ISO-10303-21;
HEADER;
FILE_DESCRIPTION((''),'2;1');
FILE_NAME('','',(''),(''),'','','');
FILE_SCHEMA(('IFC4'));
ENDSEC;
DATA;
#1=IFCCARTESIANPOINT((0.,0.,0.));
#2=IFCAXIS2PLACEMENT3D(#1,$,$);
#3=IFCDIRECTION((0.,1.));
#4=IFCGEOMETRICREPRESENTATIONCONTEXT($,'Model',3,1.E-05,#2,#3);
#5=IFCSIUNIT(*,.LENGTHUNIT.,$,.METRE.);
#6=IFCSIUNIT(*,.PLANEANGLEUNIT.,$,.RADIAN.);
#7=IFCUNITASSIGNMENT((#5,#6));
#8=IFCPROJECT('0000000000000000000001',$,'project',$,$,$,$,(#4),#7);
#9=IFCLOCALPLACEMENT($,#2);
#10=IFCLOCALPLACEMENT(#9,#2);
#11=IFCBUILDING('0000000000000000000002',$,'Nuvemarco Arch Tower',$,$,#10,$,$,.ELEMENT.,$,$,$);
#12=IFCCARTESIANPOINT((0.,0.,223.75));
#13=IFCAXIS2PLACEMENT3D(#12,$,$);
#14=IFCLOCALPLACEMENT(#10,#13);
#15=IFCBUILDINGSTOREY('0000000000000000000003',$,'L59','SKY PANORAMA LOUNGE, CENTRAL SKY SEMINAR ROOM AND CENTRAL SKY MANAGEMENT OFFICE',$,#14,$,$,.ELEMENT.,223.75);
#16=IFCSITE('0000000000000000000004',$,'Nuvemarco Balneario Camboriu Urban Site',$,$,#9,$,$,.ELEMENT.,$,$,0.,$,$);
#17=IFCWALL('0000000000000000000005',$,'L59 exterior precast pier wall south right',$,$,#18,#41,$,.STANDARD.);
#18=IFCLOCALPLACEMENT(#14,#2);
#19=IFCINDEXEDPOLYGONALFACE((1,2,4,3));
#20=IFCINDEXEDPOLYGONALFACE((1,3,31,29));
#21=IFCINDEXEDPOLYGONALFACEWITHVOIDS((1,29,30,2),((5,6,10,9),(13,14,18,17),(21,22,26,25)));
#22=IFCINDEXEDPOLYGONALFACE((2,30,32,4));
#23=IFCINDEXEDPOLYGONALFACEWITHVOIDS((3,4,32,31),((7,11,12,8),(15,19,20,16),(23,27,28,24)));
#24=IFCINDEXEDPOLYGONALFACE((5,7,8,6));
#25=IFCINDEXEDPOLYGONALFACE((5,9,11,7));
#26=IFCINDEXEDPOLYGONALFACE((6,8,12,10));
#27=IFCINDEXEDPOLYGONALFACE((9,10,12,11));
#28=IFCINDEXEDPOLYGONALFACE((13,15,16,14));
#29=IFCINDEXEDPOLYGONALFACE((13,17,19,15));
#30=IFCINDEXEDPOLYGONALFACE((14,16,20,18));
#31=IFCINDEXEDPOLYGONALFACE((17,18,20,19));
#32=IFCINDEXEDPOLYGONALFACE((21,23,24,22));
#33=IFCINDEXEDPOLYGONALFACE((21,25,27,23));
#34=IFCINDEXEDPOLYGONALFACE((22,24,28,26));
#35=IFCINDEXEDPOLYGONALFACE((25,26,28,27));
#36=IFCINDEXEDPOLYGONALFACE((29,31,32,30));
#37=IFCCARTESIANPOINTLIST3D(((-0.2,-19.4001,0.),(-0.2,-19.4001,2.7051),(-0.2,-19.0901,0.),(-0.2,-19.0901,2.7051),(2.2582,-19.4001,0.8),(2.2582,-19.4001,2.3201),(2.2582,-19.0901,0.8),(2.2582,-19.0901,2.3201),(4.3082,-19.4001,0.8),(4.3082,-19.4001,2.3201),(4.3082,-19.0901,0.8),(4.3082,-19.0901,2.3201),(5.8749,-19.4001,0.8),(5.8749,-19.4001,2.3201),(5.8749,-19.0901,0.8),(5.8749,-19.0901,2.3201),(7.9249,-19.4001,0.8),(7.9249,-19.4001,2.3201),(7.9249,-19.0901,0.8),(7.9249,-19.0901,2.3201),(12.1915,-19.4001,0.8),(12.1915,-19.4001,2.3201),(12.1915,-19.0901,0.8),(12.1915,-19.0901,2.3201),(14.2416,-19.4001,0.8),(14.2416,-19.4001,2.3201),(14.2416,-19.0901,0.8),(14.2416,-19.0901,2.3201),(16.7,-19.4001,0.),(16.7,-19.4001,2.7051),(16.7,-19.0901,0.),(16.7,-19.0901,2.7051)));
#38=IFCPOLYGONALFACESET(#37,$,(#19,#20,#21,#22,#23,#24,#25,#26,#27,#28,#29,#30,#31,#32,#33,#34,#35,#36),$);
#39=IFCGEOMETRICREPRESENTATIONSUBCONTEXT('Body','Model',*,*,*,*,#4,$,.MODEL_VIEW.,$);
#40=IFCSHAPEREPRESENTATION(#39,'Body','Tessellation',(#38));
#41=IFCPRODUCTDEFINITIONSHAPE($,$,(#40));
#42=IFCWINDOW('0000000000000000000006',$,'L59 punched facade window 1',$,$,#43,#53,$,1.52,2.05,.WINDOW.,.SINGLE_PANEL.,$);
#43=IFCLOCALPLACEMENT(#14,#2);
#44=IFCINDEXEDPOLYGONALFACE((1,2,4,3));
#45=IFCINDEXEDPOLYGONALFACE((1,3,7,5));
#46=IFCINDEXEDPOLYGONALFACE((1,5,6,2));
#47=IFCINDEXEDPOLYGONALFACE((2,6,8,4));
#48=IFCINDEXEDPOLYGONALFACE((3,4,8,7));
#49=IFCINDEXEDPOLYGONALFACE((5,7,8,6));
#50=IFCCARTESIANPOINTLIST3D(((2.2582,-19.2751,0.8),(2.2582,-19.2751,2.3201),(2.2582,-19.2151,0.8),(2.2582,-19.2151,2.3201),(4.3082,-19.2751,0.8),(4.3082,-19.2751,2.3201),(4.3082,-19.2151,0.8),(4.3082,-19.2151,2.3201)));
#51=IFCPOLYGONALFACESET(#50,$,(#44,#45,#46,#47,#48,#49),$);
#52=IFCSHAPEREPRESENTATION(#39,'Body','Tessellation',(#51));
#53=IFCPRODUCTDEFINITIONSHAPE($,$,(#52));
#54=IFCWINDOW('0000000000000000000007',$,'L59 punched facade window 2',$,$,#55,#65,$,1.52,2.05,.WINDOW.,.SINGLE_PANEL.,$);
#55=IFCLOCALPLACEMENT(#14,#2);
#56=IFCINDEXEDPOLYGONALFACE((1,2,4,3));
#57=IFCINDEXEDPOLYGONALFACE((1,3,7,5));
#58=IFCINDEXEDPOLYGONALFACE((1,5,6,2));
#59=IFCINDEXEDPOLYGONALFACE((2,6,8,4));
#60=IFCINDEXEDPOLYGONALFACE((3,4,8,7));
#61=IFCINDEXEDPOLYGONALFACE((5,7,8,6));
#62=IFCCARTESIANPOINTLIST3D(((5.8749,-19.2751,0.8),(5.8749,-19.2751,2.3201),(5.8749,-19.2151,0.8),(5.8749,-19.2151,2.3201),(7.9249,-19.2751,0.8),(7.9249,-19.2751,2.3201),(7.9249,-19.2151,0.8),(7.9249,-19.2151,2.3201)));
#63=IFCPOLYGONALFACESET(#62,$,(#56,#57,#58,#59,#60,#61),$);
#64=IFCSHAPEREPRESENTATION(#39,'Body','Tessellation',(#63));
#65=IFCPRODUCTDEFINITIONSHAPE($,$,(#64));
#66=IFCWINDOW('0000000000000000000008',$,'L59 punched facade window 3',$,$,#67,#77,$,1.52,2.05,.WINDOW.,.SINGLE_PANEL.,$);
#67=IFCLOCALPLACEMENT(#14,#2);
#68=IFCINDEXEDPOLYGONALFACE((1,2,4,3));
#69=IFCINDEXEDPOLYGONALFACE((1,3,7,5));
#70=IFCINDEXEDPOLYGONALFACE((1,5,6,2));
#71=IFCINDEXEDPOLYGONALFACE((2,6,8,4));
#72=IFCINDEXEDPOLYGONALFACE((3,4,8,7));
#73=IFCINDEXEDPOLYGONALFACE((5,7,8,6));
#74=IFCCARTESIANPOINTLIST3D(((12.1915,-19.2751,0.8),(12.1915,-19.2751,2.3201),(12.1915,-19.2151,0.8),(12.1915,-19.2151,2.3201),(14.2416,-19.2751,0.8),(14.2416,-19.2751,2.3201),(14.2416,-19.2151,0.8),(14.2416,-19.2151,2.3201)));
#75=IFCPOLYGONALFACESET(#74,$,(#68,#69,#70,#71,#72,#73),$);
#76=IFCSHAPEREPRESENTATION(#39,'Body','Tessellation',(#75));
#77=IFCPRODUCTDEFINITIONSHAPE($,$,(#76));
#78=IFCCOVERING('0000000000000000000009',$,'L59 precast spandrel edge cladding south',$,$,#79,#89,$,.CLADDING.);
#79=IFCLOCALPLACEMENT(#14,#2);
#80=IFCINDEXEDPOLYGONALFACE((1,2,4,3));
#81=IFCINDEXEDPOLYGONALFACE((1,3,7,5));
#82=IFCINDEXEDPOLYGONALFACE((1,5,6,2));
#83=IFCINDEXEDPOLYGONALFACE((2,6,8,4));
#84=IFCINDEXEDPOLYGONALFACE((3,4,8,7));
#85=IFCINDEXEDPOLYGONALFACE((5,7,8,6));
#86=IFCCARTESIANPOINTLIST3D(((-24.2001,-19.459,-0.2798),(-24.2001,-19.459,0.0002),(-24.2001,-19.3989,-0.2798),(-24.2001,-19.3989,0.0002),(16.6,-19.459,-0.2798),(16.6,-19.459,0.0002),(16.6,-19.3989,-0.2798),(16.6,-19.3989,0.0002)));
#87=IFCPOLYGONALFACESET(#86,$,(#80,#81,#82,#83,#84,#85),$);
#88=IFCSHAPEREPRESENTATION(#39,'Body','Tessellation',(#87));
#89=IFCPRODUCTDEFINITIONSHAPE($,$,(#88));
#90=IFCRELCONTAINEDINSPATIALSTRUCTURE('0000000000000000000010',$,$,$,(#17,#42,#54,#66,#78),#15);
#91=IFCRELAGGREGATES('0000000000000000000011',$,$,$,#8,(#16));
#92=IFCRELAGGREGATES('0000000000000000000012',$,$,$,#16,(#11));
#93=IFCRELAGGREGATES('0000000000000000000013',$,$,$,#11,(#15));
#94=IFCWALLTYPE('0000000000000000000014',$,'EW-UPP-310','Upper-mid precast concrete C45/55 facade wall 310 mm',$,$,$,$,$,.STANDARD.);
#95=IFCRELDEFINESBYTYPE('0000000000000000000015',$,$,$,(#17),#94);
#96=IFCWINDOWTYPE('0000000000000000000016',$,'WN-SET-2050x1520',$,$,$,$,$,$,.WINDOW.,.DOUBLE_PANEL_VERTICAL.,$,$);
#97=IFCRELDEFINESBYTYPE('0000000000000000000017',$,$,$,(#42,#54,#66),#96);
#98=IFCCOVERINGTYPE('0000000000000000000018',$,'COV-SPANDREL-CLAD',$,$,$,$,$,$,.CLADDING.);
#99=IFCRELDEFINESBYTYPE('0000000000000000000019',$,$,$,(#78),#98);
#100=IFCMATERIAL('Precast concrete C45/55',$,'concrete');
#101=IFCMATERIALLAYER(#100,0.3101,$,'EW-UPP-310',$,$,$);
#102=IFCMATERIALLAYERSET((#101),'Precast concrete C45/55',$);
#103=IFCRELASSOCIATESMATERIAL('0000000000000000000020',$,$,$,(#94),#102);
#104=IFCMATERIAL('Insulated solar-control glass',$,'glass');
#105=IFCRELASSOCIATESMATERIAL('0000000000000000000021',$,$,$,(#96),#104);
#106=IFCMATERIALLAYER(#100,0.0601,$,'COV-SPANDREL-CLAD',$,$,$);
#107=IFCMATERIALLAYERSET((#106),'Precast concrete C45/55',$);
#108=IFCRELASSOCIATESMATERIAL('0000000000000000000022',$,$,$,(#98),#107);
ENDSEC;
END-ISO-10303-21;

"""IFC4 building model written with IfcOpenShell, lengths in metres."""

from ifc_helpers import new_model, si_unit, direction, frame, frame_2d, origin, origin_2d, place, context, subcontext, project, spatial, rectangle, extrude, source, transform, mapped, material, layer, layer_set, type_object, type_shapes, element, fill, save


model = new_model("IFC4")

# Units and contexts
model_context = context("Model", 3, precision=1e-05, world=origin(), true_north=direction((0.0, 1.0)))
body_context = subcontext(model_context, "Body", "Model", "MODEL_VIEW")
ifc_project = project(units=[si_unit("LENGTHUNIT", "METRE"), si_unit("PLANEANGLEUNIT", "RADIAN")], contexts=[model_context])

# Site, building, storey
site_placement = place(None, origin())
site = spatial("IfcSite", under=ifc_project, at=site_placement, Name="Nuvemarco Balneario Camboriu Urban Site", CompositionType="ELEMENT", RefElevation=0.0)
building_placement = place(site_placement, origin())
building = spatial("IfcBuilding", under=site, at=building_placement, Name="Nuvemarco Arch Tower", CompositionType="ELEMENT")
storey_placement = place(building_placement, frame((0.0, 0.0, 223.75)))
storey = spatial("IfcBuildingStorey", under=building, at=storey_placement, Name="L59", Description="SKY PANORAMA LOUNGE, CENTRAL SKY SEMINAR ROOM AND CENTRAL SKY MANAGEMENT OFFICE", CompositionType="ELEMENT", Elevation=223.75)

# Shared definitions
ifc_material_1 = material(Name="Insulated solar-control glass", Category="glass")

# Wall, openings, windows
ifc_material_2 = material(Name="Precast concrete C45/55", Category="concrete")
ifc_layer_1 = layer(ifc_material_2, 0.3101, Name="EW-UPP-310")
ifc_layer_set_1 = layer_set([ifc_layer_1], Name="Precast concrete C45/55")
wall_type = type_object("IfcWallType", Name="EW-UPP-310", Description="Upper-mid precast concrete C45/55 facade wall 310 mm", PredefinedType="STANDARD", material=ifc_layer_set_1)
wall_placement = place(storey_placement, frame((-0.2, -19.2451, 0.0), z_axis=(0.0, 0.0, 1.0), x_axis=(1.0, 0.0, 0.0)))
wall = element("IfcWall", 1, at=wall_placement, inside=storey, type_object=wall_type, Name="L59 exterior precast pier wall south right", PredefinedType="STANDARD", context=body_context, shape_type="SweptSolid", body=[
    extrude(rectangle(XDim=16.8999, YDim=0.3101, at=frame_2d((8.45, 0.0))), origin(), (0.0, 0.0, 1.0), 2.7051),
])
opening_1_placement = place(wall_placement, frame((2.4583, 0.0, 0.8)))
opening_1 = element("IfcOpeningElement", 2, at=opening_1_placement, cuts=wall, PredefinedType="OPENING", context=body_context, shape_type="SweptSolid", body=[
    extrude(rectangle(XDim=2.05, YDim=1.52, at=frame_2d((1.0249, 0.76))), frame((0.0, 0.165, 0.0), z_axis=(0.0, -1.0, 0.0), x_axis=(1.0, 0.0, 0.0)), (0.0, 0.0, 1.0), 0.3301),
])
opening_2_placement = place(wall_placement, frame((6.075, 0.0, 0.8)))
opening_2 = element("IfcOpeningElement", 3, at=opening_2_placement, cuts=wall, PredefinedType="OPENING", context=body_context, shape_type="SweptSolid", body=[
    extrude(rectangle(XDim=2.05, YDim=1.52, at=frame_2d((1.0249, 0.76))), frame((0.0, 0.165, 0.0), z_axis=(0.0, -1.0, 0.0), x_axis=(1.0, 0.0, 0.0)), (0.0, 0.0, 1.0), 0.3301),
])
opening_3_placement = place(wall_placement, frame((12.3916, 0.0, 0.8)))
opening_3 = element("IfcOpeningElement", 4, at=opening_3_placement, cuts=wall, PredefinedType="OPENING", context=body_context, shape_type="SweptSolid", body=[
    extrude(rectangle(XDim=2.05, YDim=1.52, at=frame_2d((1.0249, 0.76))), frame((0.0, 0.165, 0.0), z_axis=(0.0, -1.0, 0.0), x_axis=(1.0, 0.0, 0.0)), (0.0, 0.0, 1.0), 0.3301),
])
window_type = type_object("IfcWindowType", Name="WN-SET-2050x1520", PartitioningType="DOUBLE_PANEL_VERTICAL", PredefinedType="WINDOW", material=ifc_material_1)
shared_shape_1 = source(origin(), body_context, "Body", "SweptSolid", [
    extrude(rectangle(XDim=2.05, YDim=1.52, at=frame_2d((1.0249, 0.76))), frame((0.0, 0.03, 0.0), z_axis=(0.0, -1.0, 0.0), x_axis=(1.0, 0.0, 0.0)), (0.0, 0.0, 1.0), 0.0601),
])
type_shapes(window_type, [shared_shape_1])
window_1_placement = place(opening_1_placement, origin())
window_1 = element("IfcWindow", 5, at=window_1_placement, inside=storey, type_object=window_type, Name="L59 punched facade window 1", OverallHeight=1.52, OverallWidth=2.05, PartitioningType="SINGLE_PANEL", PredefinedType="WINDOW", context=body_context, shape_type="MappedRepresentation", body=[
    mapped(shared_shape_1, transform((0.0, 0.0, 0.0), scale=1.0)),
])
fill(opening_1, window_1)
window_2_placement = place(opening_2_placement, origin())
window_2 = element("IfcWindow", 6, at=window_2_placement, inside=storey, type_object=window_type, Name="L59 punched facade window 2", OverallHeight=1.52, OverallWidth=2.05, PartitioningType="SINGLE_PANEL", PredefinedType="WINDOW", context=body_context, shape_type="MappedRepresentation", body=[
    mapped(shared_shape_1, transform((0.0, 0.0, 0.0), scale=1.0)),
])
fill(opening_2, window_2)
window_3_placement = place(opening_3_placement, origin())
window_3 = element("IfcWindow", 7, at=window_3_placement, inside=storey, type_object=window_type, Name="L59 punched facade window 3", OverallHeight=1.52, OverallWidth=2.05, PartitioningType="SINGLE_PANEL", PredefinedType="WINDOW", context=body_context, shape_type="MappedRepresentation", body=[
    mapped(shared_shape_1, transform((0.0, 0.0, 0.0), scale=1.0)),
])
fill(opening_3, window_3)

# Covering
ifc_layer_2 = layer(ifc_material_2, 0.0601, Name="COV-SPANDREL-CLAD")
ifc_layer_set_2 = layer_set([ifc_layer_2], Name="Precast concrete C45/55")
covering_type = type_object("IfcCoveringType", Name="COV-SPANDREL-CLAD", PredefinedType="CLADDING", material=ifc_layer_set_2)
shared_shape_2 = source(origin(), body_context, "Body", "SweptSolid", [
    extrude(rectangle(XDim=40.8, YDim=0.0601, at=origin_2d()), origin(), (0.0, 0.0, 1.0), 0.28),
])
type_shapes(covering_type, [shared_shape_2])
covering_placement = place(storey_placement, frame((-3.8, -19.429, -0.2798), z_axis=(0.0, 0.0, 1.0), x_axis=(1.0, 0.0, 0.0)))
element("IfcCovering", 8, at=covering_placement, inside=storey, type_object=covering_type, Name="L59 precast spandrel edge cladding south", PredefinedType="CLADDING", context=body_context, shape_type="MappedRepresentation", body=[
    mapped(shared_shape_2, transform((0.0, 0.0, 0.0), scale=1.0)),
])

save(model, "model.ifc")
